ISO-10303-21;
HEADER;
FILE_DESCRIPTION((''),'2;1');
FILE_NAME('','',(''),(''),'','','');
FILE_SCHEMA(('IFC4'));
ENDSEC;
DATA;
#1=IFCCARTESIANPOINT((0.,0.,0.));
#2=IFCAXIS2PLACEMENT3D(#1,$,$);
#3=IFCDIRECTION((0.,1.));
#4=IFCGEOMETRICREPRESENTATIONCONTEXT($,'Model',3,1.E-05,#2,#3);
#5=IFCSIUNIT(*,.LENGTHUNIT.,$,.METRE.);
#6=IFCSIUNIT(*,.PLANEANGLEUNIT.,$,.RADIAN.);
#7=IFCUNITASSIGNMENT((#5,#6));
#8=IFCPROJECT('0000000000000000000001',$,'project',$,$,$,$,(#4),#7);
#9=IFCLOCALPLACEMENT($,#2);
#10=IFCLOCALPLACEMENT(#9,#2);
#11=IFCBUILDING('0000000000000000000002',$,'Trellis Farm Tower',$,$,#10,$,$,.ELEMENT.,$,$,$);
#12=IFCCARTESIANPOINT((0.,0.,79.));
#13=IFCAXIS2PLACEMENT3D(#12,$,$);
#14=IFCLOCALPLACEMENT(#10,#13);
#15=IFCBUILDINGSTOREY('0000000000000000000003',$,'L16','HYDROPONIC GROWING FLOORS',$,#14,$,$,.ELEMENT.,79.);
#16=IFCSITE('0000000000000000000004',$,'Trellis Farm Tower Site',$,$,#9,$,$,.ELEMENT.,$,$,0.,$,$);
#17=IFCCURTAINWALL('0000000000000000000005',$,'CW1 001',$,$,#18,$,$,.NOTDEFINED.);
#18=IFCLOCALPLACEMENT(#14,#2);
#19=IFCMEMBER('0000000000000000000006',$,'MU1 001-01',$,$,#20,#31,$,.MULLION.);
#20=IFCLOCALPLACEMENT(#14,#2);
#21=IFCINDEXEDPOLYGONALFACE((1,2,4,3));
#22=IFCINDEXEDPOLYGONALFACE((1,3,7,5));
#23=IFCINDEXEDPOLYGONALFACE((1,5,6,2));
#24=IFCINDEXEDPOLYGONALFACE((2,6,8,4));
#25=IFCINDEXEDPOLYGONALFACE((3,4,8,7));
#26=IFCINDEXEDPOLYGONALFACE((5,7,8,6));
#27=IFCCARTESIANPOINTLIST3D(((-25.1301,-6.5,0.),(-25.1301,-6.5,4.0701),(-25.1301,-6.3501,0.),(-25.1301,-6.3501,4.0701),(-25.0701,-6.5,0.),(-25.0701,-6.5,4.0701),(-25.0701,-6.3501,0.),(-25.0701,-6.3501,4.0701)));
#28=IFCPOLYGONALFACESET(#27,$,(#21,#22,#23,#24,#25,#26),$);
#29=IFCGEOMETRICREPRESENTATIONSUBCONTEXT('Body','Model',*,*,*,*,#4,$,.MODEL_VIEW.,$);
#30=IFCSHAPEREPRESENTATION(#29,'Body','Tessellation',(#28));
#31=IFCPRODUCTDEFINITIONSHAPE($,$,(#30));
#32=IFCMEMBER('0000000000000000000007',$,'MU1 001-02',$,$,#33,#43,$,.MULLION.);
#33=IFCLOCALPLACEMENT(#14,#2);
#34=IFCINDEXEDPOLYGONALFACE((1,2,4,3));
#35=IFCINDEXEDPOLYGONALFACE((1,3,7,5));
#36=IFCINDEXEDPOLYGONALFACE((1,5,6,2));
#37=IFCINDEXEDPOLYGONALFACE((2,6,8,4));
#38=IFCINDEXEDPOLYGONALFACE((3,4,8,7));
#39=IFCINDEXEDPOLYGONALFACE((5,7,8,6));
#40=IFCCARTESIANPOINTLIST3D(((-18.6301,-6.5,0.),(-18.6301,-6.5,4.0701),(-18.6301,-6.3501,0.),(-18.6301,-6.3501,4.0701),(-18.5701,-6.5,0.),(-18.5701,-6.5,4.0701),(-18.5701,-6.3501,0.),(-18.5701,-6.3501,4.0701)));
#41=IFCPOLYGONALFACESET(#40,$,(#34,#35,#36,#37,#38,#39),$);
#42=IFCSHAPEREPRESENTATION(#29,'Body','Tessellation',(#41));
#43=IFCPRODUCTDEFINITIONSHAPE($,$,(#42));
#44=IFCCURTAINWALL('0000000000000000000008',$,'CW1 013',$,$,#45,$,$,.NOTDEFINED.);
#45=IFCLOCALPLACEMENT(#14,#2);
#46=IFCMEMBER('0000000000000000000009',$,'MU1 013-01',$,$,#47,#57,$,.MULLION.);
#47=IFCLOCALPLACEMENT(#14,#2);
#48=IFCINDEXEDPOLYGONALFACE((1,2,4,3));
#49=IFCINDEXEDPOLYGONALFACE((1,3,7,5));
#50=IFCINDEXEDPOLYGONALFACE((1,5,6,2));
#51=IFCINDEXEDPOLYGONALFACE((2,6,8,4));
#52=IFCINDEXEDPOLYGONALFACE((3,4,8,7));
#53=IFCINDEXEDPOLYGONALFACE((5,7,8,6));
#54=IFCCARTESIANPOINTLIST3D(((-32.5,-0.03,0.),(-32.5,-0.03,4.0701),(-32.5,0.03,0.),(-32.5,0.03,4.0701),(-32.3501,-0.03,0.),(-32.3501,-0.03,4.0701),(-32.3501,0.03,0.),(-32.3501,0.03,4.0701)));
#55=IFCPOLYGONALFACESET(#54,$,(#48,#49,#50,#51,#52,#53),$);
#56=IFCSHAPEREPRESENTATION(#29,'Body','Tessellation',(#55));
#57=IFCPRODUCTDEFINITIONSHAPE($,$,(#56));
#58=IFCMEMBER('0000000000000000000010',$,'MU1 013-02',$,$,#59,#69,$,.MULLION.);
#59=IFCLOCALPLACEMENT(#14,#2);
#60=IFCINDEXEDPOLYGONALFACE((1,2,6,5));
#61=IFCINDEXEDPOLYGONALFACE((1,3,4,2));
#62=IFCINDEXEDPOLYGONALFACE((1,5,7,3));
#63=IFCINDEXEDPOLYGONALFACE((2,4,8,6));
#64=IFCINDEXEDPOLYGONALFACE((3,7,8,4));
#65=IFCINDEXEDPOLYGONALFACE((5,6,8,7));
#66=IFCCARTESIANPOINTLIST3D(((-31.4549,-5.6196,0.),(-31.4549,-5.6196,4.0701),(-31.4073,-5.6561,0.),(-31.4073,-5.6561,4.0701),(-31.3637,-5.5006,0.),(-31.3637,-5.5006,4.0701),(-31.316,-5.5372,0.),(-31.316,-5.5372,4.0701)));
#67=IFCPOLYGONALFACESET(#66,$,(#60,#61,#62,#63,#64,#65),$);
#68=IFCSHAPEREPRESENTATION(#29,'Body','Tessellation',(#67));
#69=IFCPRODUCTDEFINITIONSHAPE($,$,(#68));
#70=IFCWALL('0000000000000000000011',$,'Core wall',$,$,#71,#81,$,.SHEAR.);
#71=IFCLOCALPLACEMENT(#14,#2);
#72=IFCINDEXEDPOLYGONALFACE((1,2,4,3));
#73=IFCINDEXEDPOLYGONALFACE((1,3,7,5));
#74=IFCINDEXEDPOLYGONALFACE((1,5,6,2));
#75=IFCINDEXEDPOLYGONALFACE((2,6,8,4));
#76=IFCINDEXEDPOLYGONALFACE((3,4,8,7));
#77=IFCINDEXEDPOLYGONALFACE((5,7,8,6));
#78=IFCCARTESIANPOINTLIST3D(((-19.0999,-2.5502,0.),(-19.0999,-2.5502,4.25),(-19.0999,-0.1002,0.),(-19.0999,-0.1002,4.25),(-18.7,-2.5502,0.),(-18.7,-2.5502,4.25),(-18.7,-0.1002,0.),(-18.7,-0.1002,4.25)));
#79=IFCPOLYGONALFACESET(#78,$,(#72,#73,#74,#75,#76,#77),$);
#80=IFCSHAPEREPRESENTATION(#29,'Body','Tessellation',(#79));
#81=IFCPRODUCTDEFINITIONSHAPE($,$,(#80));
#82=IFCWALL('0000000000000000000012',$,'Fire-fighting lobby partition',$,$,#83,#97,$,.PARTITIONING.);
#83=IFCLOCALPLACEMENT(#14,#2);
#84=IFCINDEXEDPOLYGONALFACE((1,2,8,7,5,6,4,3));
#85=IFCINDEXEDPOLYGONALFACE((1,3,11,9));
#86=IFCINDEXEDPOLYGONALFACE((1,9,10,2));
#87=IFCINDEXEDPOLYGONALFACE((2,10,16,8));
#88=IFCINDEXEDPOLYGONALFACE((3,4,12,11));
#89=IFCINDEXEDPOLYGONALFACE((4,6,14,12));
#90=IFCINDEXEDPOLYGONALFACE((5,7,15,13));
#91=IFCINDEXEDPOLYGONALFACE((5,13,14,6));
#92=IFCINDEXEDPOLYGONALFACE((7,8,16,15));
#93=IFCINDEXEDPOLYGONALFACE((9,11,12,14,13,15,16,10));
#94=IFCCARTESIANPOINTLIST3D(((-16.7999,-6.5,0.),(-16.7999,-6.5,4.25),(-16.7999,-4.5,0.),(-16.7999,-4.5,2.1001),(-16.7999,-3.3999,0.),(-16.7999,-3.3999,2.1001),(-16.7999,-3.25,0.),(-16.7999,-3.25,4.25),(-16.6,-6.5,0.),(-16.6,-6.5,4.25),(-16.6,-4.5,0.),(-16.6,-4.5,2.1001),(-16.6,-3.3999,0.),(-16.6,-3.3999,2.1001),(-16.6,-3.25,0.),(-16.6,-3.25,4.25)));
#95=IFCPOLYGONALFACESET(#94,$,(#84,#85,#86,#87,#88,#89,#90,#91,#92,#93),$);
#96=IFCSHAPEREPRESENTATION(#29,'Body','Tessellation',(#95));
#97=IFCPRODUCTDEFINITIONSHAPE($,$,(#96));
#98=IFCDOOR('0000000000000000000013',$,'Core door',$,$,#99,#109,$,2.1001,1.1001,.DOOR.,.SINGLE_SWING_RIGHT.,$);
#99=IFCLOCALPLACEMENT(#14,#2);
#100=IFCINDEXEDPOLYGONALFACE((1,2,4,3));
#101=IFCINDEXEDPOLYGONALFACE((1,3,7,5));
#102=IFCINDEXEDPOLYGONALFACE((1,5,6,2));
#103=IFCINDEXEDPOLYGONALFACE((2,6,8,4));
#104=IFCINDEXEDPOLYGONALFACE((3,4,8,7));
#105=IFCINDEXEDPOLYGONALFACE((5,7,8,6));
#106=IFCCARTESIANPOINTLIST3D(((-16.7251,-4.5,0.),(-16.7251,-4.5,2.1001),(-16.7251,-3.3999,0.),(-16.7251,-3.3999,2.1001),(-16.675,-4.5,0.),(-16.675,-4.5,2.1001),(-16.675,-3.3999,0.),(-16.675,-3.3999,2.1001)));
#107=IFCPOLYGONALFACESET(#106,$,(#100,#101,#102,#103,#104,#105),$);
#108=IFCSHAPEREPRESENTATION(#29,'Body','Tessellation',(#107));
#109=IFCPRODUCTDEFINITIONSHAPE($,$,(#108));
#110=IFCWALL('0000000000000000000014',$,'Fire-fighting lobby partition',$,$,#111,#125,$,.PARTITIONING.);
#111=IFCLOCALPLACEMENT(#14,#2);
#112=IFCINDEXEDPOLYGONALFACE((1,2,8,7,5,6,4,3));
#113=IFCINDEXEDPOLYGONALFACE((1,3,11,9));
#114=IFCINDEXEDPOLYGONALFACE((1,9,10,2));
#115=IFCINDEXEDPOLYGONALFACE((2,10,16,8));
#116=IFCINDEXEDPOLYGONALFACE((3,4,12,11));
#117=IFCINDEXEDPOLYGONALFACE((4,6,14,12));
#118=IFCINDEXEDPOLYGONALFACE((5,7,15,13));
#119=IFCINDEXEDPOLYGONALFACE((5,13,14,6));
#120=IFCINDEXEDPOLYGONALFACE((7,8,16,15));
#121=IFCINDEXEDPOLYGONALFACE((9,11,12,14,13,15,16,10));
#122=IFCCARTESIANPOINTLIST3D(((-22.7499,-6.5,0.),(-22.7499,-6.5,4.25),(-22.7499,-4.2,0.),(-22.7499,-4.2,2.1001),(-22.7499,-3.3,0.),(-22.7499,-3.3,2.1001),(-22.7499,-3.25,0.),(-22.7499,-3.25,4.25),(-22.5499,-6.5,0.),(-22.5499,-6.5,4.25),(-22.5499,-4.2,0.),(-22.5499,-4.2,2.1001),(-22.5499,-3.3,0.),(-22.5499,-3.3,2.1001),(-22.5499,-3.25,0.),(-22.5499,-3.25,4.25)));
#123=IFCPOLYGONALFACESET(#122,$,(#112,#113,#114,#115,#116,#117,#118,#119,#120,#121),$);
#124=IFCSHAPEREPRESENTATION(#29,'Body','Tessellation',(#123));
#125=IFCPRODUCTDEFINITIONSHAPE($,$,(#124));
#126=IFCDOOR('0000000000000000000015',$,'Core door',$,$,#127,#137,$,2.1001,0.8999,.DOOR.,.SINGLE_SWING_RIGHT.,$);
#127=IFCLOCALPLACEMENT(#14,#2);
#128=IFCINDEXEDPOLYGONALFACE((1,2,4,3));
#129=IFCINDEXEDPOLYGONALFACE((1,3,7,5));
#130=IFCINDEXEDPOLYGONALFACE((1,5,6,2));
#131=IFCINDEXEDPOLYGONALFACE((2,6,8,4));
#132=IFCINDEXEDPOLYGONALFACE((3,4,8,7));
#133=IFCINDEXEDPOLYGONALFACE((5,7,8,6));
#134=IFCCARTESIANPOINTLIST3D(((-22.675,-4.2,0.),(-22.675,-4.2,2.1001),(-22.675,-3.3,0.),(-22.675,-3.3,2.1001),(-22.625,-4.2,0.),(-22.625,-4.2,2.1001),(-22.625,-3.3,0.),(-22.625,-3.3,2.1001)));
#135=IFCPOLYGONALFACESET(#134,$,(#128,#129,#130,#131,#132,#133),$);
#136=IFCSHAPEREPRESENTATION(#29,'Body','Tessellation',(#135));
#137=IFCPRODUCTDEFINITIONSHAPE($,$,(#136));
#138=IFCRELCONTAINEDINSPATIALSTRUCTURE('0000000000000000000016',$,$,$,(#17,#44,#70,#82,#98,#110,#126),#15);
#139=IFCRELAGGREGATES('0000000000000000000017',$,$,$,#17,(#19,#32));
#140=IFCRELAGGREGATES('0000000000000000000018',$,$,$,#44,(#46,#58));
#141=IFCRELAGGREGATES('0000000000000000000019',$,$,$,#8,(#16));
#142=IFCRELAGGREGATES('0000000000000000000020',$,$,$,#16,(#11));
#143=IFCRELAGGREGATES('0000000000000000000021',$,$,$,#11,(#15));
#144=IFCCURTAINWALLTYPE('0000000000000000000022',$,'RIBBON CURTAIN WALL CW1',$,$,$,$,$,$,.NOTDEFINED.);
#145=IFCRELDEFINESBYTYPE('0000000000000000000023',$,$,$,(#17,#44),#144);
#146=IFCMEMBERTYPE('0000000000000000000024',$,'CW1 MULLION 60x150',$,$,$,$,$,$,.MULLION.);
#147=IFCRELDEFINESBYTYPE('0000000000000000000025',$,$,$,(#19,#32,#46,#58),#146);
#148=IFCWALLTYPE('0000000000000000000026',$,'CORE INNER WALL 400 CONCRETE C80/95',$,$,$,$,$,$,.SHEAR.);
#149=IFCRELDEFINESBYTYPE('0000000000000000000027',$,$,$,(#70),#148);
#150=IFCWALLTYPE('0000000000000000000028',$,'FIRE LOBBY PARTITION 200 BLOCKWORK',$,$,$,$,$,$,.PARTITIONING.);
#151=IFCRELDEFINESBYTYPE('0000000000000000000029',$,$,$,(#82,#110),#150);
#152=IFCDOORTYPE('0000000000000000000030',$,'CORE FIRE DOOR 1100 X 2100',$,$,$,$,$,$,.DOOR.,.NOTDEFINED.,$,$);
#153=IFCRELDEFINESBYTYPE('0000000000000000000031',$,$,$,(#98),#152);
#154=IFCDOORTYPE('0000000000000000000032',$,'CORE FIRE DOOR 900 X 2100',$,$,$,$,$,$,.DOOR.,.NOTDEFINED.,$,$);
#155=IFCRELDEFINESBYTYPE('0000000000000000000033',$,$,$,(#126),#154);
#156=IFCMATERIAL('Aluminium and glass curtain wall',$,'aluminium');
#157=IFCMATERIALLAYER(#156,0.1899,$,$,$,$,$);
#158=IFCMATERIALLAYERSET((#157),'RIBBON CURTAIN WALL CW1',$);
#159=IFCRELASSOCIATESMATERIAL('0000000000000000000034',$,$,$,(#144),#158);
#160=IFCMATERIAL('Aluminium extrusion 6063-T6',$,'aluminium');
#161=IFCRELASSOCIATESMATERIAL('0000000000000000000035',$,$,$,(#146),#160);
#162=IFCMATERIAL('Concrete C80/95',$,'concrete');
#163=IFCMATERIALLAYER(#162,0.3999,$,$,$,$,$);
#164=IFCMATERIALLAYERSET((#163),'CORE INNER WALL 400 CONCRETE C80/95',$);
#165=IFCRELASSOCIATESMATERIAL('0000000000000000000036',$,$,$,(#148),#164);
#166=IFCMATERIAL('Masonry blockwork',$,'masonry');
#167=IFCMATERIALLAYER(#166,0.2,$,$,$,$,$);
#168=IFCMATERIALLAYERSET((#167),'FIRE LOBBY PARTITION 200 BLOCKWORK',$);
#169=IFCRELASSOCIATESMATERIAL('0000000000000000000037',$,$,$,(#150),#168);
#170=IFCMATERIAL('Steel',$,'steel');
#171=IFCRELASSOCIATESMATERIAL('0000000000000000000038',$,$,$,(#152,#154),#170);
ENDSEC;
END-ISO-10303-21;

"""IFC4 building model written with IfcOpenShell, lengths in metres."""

from ifc_helpers import new_model, si_unit, direction, frame, frame_2d, origin, origin_2d, place, context, subcontext, project, spatial, rectangle, extrude, source, transform, mapped, material, layer, layer_set, material_profile, profile_set, type_object, element, fill, aggregate, save


model = new_model("IFC4")

# Units and contexts
model_context = context("Model", 3, precision=1e-05, world=origin(), true_north=direction((0.0, 1.0)))
body_context = subcontext(model_context, "Body", "Model", "MODEL_VIEW")
ifc_project = project(units=[si_unit("LENGTHUNIT", "METRE"), si_unit("PLANEANGLEUNIT", "RADIAN")], contexts=[model_context])

# Site, building, storey
site_placement = place(None, origin())
site = spatial("IfcSite", under=ifc_project, at=site_placement, Name="Trellis Farm Tower Site", CompositionType="ELEMENT", RefElevation=0.0)
building_placement = place(site_placement, origin())
building = spatial("IfcBuilding", under=site, at=building_placement, Name="Trellis Farm Tower", CompositionType="ELEMENT")
storey_placement = place(building_placement, frame((0.0, 0.0, 79.0)))
storey = spatial("IfcBuildingStorey", under=building, at=storey_placement, Name="L16", Description="HYDROPONIC GROWING FLOORS", CompositionType="ELEMENT", Elevation=79.0)

# Shared definitions
ifc_material_1 = material(Name="Concrete C80/95", Category="concrete")

# Curtain walls, members
ifc_material_2 = material(Name="Aluminium and glass curtain wall", Category="aluminium")
ifc_layer_1 = layer(ifc_material_2, 0.1899)
ifc_layer_set_1 = layer_set([ifc_layer_1], Name="RIBBON CURTAIN WALL CW1")
curtain_wall_type = type_object("IfcCurtainWallType", Name="RIBBON CURTAIN WALL CW1", PredefinedType="NOTDEFINED", material=ifc_layer_set_1)
placement = place(storey_placement, origin())
curtain_wall_1 = element("IfcCurtainWall", 1, at=placement, inside=storey, type_object=curtain_wall_type, Name="CW1 001", PredefinedType="NOTDEFINED")
ifc_material_3 = material(Name="Aluminium extrusion 6063-T6", Category="aluminium")
ifc_material_profile_1 = material_profile(ifc_material_3, rectangle(XDim=0.0601, YDim=0.1499, at=origin_2d()), Name="MULLION 60x150")
ifc_profile_set_1 = profile_set([ifc_material_profile_1], Name="Aluminium extrusion 6063-T6")
member_type = type_object("IfcMemberType", Name="CW1 MULLION 60x150", PredefinedType="MULLION", material=ifc_profile_set_1)
shared_shape_1 = source(origin(), body_context, "Body", "SweptSolid", [
    extrude(rectangle(XDim=0.0601, YDim=0.1499, at=origin_2d()), origin(), (0.0, 0.0, 1.0), 4.0701),
])
member_1_placement = place(storey_placement, frame((-25.1001, -6.425, 0.0), z_axis=(0.0, 0.0, 1.0), x_axis=(1.0, 0.0, 0.0)))
member_1 = element("IfcMember", 2, at=member_1_placement, type_object=member_type, Name="MU1 001-01", PredefinedType="MULLION", context=body_context, shape_type="MappedRepresentation", body=[
    mapped(shared_shape_1, transform((0.0, 0.0, 0.0))),
])
member_2_placement = place(storey_placement, frame((-18.6001, -6.425, 0.0), z_axis=(0.0, 0.0, 1.0), x_axis=(1.0, 0.0, 0.0)))
member_2 = element("IfcMember", 3, at=member_2_placement, type_object=member_type, Name="MU1 001-02", PredefinedType="MULLION", context=body_context, shape_type="MappedRepresentation", body=[
    mapped(shared_shape_1, transform((0.0, 0.0, 0.0))),
])
aggregate(curtain_wall_1, [member_1, member_2])
curtain_wall_2 = element("IfcCurtainWall", 4, at=placement, inside=storey, type_object=curtain_wall_type, Name="CW1 013", PredefinedType="NOTDEFINED")
member_3_placement = place(storey_placement, frame((-32.425, 0.0, 0.0), z_axis=(0.0, 0.0, 1.0), x_axis=(0.0, -1.0, 0.0)))
member_3 = element("IfcMember", 5, at=member_3_placement, type_object=member_type, Name="MU1 013-01", PredefinedType="MULLION", context=body_context, shape_type="MappedRepresentation", body=[
    mapped(shared_shape_1, transform((0.0, 0.0, 0.0))),
])
member_4_placement = place(storey_placement, frame((-31.3855, -5.5784, 0.0), z_axis=(0.0, 0.0, 1.0), x_axis=(0.793353, -0.608761, 0.0)))
member_4 = element("IfcMember", 6, at=member_4_placement, type_object=member_type, Name="MU1 013-02", PredefinedType="MULLION", context=body_context, shape_type="MappedRepresentation", body=[
    mapped(shared_shape_1, transform((0.0, 0.0, 0.0))),
])
aggregate(curtain_wall_2, [member_3, member_4])

# Wall
ifc_layer_2 = layer(ifc_material_1, 0.3999)
ifc_layer_set_2 = layer_set([ifc_layer_2], Name="CORE INNER WALL 400 CONCRETE C80/95")
wall_type_1 = type_object("IfcWallType", Name="CORE INNER WALL 400 CONCRETE C80/95", PredefinedType="SHEAR", material=ifc_layer_set_2)
shared_shape_2 = source(origin(), body_context, "Body", "SweptSolid", [
    extrude(rectangle(XDim=2.45, YDim=0.3999, at=frame_2d((1.2251, 0.0))), origin(), (0.0, 0.0, 1.0), 4.25),
])
wall_1_placement = place(storey_placement, frame((-18.8999, -0.1001, 0.0), z_axis=(0.0, 0.0, 1.0), x_axis=(0.0, -1.0, 0.0)))
element("IfcWall", 7, at=wall_1_placement, inside=storey, type_object=wall_type_1, Name="Core wall", PredefinedType="SHEAR", context=body_context, shape_type="MappedRepresentation", body=[
    mapped(shared_shape_2, transform((0.0, 0.0, 0.0))),
])

# Walls, openings, doors
ifc_material_4 = material(Name="Masonry blockwork", Category="masonry")
ifc_layer_3 = layer(ifc_material_4, 0.2)
ifc_layer_set_3 = layer_set([ifc_layer_3], Name="FIRE LOBBY PARTITION 200 BLOCKWORK")
wall_type_2 = type_object("IfcWallType", Name="FIRE LOBBY PARTITION 200 BLOCKWORK", PredefinedType="PARTITIONING", material=ifc_layer_set_3)
shared_shape_3 = source(origin(), body_context, "Body", "SweptSolid", [
    extrude(rectangle(XDim=3.25, YDim=0.2, at=frame_2d((1.625, 0.0))), origin(), (0.0, 0.0, 1.0), 4.25),
])
wall_2_placement = place(storey_placement, frame((-16.7, -3.25, 0.0), z_axis=(0.0, 0.0, 1.0), x_axis=(0.0, -1.0, 0.0)))
wall_2 = element("IfcWall", 8, at=wall_2_placement, inside=storey, type_object=wall_type_2, Name="Fire-fighting lobby partition", PredefinedType="PARTITIONING", context=body_context, shape_type="MappedRepresentation", body=[
    mapped(shared_shape_3, transform((0.0, 0.0, 0.0))),
])
shared_shape_4 = source(origin(), body_context, "Body", "SweptSolid", [
    extrude(rectangle(XDim=1.1001, YDim=2.1001, at=frame_2d((0.55, 1.05))), frame((0.0, 0.1101, 0.0), z_axis=(0.0, -1.0, 0.0), x_axis=(1.0, 0.0, 0.0)), (0.0, 0.0, 1.0), 0.2202),
])
opening_1_placement = place(wall_2_placement, frame((0.1499, 0.0, 0.0)))
opening_1 = element("IfcOpeningElement", 9, at=opening_1_placement, cuts=wall_2, PredefinedType="OPENING", context=body_context, shape_type="MappedRepresentation", body=[
    mapped(shared_shape_4, transform((0.0, 0.0, 0.0))),
])
ifc_material_5 = material(Name="Steel", Category="steel")
door_type_1 = type_object("IfcDoorType", Name="CORE FIRE DOOR 1100 X 2100", OperationType="NOTDEFINED", PredefinedType="DOOR", material=ifc_material_5)
shared_shape_5 = source(origin(), body_context, "Body", "SweptSolid", [
    extrude(rectangle(XDim=1.1001, YDim=2.1001, at=frame_2d((0.55, 1.05))), frame((0.0, 0.0249, 0.0), z_axis=(0.0, -1.0, 0.0), x_axis=(1.0, 0.0, 0.0)), (0.0, 0.0, 1.0), 0.05),
])
door_1_placement = place(opening_1_placement, origin())
door_1 = element("IfcDoor", 10, at=door_1_placement, inside=storey, type_object=door_type_1, Name="Core door", OperationType="SINGLE_SWING_RIGHT", OverallHeight=2.1001, OverallWidth=1.1001, PredefinedType="DOOR", context=body_context, shape_type="MappedRepresentation", body=[
    mapped(shared_shape_5, transform((0.0, 0.0, 0.0))),
])
fill(opening_1, door_1)
wall_3_placement = place(storey_placement, frame((-22.6499, -3.25, 0.0), z_axis=(0.0, 0.0, 1.0), x_axis=(0.0, -1.0, 0.0)))
wall_3 = element("IfcWall", 11, at=wall_3_placement, inside=storey, type_object=wall_type_2, Name="Fire-fighting lobby partition", PredefinedType="PARTITIONING", context=body_context, shape_type="MappedRepresentation", body=[
    mapped(shared_shape_3, transform((0.0, 0.0, 0.0))),
])
shared_shape_6 = source(origin(), body_context, "Body", "SweptSolid", [
    extrude(rectangle(XDim=0.8999, YDim=2.1001, at=frame_2d((0.45, 1.05))), frame((0.0, 0.1101, 0.0), z_axis=(0.0, -1.0, 0.0), x_axis=(1.0, 0.0, 0.0)), (0.0, 0.0, 1.0), 0.2202),
])
opening_2_placement = place(wall_3_placement, frame((0.05, 0.0, 0.0)))
opening_2 = element("IfcOpeningElement", 12, at=opening_2_placement, cuts=wall_3, PredefinedType="OPENING", context=body_context, shape_type="MappedRepresentation", body=[
    mapped(shared_shape_6, transform((0.0, 0.0, 0.0))),
])
door_type_2 = type_object("IfcDoorType", Name="CORE FIRE DOOR 900 X 2100", OperationType="NOTDEFINED", PredefinedType="DOOR", material=ifc_material_5)
shared_shape_7 = source(origin(), body_context, "Body", "SweptSolid", [
    extrude(rectangle(XDim=0.8999, YDim=2.1001, at=frame_2d((0.45, 1.05))), frame((0.0, 0.0249, 0.0), z_axis=(0.0, -1.0, 0.0), x_axis=(1.0, 0.0, 0.0)), (0.0, 0.0, 1.0), 0.05),
])
door_2_placement = place(opening_2_placement, origin())
door_2 = element("IfcDoor", 13, at=door_2_placement, inside=storey, type_object=door_type_2, Name="Core door", OperationType="SINGLE_SWING_RIGHT", OverallHeight=2.1001, OverallWidth=0.8999, PredefinedType="DOOR", context=body_context, shape_type="MappedRepresentation", body=[
    mapped(shared_shape_7, transform((0.0, 0.0, 0.0))),
])
fill(opening_2, door_2)

save(model, "model.ifc")
